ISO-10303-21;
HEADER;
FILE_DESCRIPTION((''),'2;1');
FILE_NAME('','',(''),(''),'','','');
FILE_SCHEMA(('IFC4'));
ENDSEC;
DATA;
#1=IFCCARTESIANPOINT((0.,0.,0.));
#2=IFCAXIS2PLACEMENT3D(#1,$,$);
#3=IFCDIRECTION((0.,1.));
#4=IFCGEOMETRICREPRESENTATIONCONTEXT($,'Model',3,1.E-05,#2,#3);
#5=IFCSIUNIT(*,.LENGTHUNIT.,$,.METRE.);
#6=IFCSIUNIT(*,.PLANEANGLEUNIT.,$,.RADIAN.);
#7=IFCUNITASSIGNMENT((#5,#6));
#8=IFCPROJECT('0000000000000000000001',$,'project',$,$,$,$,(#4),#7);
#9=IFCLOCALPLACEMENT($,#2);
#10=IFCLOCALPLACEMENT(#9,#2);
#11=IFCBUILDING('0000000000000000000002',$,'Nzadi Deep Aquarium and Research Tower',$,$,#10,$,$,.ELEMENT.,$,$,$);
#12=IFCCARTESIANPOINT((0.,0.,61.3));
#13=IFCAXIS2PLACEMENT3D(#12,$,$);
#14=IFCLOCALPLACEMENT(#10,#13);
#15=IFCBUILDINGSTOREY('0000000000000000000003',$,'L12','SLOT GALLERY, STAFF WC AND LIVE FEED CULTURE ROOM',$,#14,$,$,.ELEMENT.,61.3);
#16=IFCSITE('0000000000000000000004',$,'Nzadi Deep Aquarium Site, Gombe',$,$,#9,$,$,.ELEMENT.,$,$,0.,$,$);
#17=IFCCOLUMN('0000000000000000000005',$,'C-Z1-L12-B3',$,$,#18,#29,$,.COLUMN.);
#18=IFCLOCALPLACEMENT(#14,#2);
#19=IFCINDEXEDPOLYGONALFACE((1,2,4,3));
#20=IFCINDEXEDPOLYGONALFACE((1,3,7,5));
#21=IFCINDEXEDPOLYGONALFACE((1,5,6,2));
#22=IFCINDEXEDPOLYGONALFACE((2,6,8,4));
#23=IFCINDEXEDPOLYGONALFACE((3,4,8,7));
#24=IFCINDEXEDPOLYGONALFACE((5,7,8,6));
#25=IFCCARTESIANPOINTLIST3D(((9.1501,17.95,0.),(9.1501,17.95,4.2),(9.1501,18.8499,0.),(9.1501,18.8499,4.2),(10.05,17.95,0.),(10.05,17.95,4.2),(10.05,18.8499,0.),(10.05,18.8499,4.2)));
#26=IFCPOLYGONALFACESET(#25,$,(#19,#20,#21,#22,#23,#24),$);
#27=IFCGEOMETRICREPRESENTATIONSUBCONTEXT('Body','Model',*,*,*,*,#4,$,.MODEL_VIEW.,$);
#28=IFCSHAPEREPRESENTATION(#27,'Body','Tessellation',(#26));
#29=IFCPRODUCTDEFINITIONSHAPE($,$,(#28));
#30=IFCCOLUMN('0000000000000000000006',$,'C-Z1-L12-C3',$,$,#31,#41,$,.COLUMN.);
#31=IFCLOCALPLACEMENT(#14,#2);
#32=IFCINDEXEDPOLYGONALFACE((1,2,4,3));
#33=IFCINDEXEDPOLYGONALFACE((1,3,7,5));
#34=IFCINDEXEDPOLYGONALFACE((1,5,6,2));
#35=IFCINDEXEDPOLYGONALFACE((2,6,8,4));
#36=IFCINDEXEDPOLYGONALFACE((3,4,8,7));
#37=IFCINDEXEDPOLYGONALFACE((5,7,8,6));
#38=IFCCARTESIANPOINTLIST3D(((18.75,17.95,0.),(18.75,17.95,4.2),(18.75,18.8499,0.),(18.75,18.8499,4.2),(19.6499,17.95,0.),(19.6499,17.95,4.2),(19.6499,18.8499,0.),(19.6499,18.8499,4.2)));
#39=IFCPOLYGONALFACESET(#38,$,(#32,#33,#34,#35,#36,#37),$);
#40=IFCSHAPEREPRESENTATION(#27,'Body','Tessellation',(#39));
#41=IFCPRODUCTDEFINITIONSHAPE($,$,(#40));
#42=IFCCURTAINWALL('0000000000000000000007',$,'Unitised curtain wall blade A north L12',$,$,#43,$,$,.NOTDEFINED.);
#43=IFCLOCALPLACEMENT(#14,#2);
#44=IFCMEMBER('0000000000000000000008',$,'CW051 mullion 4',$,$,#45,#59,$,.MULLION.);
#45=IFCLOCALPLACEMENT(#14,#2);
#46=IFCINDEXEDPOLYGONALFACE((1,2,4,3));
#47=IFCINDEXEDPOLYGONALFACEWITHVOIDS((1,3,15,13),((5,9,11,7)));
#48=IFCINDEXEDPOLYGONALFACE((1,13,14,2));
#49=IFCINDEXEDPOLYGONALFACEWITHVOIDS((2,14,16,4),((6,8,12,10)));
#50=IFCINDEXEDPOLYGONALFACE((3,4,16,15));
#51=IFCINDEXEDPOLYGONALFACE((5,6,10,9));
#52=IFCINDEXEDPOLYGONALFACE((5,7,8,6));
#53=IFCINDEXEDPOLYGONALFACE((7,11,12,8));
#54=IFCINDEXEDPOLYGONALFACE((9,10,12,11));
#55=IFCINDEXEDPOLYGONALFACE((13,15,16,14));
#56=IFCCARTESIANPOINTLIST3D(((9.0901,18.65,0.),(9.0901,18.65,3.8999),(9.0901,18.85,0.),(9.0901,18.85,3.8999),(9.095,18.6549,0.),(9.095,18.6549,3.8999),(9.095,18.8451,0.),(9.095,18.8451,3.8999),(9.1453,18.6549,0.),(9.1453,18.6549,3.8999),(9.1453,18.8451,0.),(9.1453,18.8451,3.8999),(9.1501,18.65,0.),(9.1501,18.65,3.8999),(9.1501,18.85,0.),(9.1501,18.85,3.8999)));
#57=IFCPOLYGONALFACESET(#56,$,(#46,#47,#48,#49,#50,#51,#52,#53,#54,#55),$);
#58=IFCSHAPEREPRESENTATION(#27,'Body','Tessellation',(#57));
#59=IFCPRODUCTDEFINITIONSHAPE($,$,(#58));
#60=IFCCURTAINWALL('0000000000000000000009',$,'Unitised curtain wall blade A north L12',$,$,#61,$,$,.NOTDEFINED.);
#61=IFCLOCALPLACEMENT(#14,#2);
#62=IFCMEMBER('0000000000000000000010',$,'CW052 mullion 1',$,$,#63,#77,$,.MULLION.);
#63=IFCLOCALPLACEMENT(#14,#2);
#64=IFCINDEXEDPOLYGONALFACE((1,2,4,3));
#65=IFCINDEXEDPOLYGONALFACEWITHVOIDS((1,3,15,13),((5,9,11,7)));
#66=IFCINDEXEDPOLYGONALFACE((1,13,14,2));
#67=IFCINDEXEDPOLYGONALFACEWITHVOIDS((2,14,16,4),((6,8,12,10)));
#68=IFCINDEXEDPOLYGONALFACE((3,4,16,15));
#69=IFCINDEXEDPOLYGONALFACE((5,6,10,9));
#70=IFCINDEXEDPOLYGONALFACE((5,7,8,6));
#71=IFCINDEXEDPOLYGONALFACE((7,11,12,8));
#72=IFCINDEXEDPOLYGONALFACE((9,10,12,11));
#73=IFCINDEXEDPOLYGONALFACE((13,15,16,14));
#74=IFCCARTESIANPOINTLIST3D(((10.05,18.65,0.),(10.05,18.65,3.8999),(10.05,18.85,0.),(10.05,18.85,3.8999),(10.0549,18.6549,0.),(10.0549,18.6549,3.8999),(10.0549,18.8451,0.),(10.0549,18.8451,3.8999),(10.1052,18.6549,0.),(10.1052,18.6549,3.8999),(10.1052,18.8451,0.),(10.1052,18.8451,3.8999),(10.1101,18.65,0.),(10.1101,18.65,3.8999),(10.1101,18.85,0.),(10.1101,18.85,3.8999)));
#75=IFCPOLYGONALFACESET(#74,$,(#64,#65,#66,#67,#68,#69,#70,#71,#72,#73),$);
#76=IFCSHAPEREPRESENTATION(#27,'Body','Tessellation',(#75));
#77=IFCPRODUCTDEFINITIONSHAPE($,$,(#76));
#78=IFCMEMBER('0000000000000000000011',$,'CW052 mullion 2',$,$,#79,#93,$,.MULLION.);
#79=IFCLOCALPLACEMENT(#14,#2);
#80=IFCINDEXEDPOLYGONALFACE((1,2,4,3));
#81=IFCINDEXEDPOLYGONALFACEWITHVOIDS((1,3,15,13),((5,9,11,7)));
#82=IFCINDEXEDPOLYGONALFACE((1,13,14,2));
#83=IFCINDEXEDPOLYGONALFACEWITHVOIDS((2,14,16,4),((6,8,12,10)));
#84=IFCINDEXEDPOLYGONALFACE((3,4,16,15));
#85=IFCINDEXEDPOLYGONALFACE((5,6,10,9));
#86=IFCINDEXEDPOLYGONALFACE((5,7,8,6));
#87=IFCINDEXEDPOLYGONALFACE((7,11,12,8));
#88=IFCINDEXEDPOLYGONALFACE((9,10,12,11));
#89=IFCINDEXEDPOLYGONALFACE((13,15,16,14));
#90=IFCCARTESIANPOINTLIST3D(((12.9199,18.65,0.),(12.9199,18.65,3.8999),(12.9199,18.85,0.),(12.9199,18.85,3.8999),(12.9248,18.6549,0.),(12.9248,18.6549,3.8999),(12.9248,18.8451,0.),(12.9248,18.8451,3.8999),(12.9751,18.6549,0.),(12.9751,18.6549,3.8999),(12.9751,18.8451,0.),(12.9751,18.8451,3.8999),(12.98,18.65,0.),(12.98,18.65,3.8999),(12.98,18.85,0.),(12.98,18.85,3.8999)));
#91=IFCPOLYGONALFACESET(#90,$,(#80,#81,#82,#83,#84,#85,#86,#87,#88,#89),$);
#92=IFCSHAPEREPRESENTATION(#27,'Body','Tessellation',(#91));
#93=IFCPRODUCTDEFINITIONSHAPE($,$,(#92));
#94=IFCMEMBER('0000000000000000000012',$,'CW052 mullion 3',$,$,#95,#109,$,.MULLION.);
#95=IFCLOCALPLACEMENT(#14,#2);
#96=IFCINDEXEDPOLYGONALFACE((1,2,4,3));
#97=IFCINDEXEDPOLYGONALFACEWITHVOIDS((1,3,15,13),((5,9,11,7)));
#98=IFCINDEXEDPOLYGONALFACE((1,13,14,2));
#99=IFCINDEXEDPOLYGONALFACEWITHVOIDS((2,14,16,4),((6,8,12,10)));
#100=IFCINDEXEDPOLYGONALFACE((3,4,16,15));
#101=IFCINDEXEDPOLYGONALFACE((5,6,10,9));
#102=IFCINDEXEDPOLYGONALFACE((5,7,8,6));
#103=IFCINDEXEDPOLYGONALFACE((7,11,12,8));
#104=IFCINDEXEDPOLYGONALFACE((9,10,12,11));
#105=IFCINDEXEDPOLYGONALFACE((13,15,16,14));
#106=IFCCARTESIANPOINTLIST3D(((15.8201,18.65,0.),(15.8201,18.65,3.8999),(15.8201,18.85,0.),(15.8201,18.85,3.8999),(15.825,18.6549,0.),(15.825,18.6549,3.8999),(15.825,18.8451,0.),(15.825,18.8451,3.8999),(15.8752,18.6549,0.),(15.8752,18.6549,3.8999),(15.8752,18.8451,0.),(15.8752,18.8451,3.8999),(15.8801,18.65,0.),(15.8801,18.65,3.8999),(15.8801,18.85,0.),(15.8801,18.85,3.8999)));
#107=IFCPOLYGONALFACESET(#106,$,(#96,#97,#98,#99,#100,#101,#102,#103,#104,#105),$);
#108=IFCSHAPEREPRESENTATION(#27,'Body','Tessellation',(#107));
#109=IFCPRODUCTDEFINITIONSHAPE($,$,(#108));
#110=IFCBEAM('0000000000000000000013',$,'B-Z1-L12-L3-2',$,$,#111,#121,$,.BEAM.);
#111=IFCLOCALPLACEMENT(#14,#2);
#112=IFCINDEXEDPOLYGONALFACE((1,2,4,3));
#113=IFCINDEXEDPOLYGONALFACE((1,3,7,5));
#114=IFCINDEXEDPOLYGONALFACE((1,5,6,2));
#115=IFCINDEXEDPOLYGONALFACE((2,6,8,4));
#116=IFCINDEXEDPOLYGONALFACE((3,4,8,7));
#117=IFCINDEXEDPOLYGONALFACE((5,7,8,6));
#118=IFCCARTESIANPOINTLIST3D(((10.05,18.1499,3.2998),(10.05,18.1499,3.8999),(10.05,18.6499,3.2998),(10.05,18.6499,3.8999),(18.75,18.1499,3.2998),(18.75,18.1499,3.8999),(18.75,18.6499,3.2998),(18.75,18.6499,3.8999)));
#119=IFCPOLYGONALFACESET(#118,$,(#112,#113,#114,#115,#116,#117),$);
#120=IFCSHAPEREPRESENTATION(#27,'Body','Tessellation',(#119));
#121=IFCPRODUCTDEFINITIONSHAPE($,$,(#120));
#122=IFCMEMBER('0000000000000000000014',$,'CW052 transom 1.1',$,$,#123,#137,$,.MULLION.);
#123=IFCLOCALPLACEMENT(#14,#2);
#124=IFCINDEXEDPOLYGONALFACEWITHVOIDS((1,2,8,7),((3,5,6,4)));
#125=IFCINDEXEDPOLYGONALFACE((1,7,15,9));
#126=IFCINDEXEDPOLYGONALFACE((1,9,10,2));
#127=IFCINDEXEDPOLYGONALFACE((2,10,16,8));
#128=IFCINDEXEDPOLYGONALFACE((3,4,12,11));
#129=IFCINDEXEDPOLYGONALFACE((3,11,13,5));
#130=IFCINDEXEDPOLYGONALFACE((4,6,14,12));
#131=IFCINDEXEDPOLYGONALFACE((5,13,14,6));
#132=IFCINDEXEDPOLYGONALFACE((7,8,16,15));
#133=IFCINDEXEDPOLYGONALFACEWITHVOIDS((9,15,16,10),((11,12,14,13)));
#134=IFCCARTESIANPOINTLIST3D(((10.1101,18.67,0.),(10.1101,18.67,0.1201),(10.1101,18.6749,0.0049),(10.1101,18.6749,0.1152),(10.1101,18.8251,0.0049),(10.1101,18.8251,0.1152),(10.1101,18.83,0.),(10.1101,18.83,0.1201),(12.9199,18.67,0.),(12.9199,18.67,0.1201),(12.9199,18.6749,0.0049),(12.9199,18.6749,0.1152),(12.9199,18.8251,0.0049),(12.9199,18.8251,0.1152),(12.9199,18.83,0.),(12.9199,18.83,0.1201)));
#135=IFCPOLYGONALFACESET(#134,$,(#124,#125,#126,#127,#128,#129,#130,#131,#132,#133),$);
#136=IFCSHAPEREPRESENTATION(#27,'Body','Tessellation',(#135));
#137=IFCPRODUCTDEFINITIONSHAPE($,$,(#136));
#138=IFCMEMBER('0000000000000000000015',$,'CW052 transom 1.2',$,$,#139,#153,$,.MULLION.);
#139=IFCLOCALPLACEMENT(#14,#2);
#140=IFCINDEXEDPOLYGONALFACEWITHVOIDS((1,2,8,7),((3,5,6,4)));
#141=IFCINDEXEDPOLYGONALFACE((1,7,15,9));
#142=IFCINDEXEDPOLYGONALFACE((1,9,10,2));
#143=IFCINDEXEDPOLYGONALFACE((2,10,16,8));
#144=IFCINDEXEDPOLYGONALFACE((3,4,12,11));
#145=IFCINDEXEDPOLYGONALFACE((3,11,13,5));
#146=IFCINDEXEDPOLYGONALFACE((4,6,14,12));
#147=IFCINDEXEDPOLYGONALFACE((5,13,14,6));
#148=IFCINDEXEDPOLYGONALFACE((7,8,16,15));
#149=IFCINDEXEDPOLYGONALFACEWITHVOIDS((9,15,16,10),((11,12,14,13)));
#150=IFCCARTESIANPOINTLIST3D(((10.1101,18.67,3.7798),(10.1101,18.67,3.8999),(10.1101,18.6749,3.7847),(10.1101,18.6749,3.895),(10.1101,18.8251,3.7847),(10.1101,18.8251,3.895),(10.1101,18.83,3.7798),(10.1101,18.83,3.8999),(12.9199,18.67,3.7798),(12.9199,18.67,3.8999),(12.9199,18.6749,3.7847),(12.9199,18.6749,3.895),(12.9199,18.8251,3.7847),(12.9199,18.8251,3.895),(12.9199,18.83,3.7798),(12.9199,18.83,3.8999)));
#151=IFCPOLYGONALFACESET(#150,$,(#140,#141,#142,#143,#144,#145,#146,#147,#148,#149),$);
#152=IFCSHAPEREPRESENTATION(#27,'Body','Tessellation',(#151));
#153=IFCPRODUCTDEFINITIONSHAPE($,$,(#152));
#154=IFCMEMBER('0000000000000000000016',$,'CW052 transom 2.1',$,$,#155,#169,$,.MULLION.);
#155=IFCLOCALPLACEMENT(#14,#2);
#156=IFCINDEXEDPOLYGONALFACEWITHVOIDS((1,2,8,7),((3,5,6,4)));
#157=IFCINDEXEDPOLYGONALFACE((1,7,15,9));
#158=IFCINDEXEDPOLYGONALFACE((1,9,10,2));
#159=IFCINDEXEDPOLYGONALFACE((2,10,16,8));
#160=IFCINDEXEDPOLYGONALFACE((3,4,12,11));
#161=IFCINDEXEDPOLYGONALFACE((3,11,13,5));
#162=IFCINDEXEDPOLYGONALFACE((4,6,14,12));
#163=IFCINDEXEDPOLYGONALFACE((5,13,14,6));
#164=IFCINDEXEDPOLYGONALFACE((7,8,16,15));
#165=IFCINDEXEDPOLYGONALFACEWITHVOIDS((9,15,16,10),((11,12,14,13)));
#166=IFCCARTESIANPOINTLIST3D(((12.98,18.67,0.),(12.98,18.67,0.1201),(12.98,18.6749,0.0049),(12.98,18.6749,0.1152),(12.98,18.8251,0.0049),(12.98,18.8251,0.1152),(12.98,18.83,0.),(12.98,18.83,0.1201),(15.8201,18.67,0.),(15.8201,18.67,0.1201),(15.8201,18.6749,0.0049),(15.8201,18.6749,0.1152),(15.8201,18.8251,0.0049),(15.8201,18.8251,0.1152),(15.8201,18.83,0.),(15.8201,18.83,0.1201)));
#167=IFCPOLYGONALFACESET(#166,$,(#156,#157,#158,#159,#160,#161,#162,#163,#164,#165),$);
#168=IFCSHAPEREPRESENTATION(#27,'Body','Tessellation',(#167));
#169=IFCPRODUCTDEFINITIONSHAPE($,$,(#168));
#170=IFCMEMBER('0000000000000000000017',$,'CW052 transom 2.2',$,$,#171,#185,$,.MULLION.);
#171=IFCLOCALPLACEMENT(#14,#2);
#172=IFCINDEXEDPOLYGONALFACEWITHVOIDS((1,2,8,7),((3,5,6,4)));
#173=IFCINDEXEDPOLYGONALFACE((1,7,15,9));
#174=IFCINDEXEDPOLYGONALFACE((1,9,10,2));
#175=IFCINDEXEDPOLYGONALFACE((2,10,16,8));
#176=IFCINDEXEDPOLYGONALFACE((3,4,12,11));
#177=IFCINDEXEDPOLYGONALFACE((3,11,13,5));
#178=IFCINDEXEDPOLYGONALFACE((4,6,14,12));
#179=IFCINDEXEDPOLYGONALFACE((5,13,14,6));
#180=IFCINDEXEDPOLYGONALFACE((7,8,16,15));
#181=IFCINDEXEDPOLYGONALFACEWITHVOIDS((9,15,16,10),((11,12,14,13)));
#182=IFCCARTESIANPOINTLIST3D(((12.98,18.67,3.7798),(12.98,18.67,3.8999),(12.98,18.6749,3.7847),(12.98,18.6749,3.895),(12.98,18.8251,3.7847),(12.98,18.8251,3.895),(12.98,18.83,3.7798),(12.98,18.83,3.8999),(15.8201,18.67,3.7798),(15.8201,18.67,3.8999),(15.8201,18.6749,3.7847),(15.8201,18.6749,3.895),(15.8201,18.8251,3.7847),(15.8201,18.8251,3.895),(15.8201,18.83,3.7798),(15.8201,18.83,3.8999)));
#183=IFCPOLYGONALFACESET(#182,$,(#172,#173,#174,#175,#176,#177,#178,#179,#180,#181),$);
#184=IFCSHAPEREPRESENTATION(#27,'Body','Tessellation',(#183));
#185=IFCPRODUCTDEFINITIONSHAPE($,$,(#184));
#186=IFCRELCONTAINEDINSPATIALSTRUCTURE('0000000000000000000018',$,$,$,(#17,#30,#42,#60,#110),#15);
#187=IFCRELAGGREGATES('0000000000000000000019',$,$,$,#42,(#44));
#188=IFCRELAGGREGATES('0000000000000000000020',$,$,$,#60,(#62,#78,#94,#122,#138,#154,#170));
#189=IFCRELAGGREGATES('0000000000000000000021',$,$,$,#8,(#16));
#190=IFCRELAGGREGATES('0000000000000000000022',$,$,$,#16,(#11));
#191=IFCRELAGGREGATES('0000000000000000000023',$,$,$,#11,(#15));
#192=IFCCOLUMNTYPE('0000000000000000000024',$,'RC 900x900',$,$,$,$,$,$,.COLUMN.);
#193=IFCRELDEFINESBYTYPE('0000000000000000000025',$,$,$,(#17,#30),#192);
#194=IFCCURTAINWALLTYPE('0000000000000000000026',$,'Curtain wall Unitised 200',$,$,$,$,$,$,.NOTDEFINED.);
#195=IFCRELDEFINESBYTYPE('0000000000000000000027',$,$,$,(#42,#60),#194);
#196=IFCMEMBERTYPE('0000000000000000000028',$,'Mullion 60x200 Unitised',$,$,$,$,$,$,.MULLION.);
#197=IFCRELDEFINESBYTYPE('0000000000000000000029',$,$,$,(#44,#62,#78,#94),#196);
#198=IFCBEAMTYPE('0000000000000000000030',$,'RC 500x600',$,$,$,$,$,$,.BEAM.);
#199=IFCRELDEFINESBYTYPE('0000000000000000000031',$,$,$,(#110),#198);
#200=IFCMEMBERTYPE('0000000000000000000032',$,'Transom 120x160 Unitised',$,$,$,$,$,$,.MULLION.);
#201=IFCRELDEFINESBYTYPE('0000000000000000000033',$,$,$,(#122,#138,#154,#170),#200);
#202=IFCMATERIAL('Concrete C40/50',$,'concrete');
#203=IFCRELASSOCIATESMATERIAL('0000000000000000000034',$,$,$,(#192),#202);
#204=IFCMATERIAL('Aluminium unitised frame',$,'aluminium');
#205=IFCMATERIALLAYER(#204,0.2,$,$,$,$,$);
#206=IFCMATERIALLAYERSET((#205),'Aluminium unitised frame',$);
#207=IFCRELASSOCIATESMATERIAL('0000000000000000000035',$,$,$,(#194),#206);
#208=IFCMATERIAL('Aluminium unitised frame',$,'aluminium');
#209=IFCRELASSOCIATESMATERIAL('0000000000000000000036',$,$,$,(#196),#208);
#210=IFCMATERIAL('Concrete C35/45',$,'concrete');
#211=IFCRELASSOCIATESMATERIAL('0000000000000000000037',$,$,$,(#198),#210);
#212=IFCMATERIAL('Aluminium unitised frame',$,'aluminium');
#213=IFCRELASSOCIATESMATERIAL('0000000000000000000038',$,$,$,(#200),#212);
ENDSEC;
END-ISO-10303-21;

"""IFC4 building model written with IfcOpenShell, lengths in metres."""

from ifc_helpers import new_model, si_unit, direction, frame, origin, origin_2d, place, context, subcontext, project, spatial, rectangle, hollow_rectangle, extrude, material, layer, layer_set, material_profile, profile_set, type_object, element, aggregate, save


model = new_model("IFC4")

# Units and contexts
model_context = context("Model", 3, precision=1e-05, world=origin(), true_north=direction((0.0, 1.0)))
body_context = subcontext(model_context, "Body", "Model", "MODEL_VIEW")
ifc_project = project(units=[si_unit("LENGTHUNIT", "METRE"), si_unit("PLANEANGLEUNIT", "RADIAN")], contexts=[model_context])

# Site, building, storey
site_placement = place(None, origin())
site = spatial("IfcSite", under=ifc_project, at=site_placement, Name="Nzadi Deep Aquarium Site, Gombe", CompositionType="ELEMENT", RefElevation=0.0)
building_placement = place(site_placement, origin())
building = spatial("IfcBuilding", under=site, at=building_placement, Name="Nzadi Deep Aquarium and Research Tower", CompositionType="ELEMENT")
storey_placement = place(building_placement, frame((0.0, 0.0, 61.3)))
storey = spatial("IfcBuildingStorey", under=building, at=storey_placement, Name="L12", Description="SLOT GALLERY, STAFF WC AND LIVE FEED CULTURE ROOM", CompositionType="ELEMENT", Elevation=61.3)

# Columns
ifc_material_1 = material(Name="Concrete C40/50", Category="concrete")
ifc_material_profile_1 = material_profile(ifc_material_1, rectangle(XDim=0.8999, YDim=0.8999, at=origin_2d()))
ifc_profile_set_1 = profile_set([ifc_material_profile_1], Name="Concrete C40/50")
column_type = type_object("IfcColumnType", Name="RC 900x900", PredefinedType="COLUMN", material=ifc_profile_set_1)
for number, where, z_axis, x_axis, name in (
    (1, (9.6001, 18.3999, 0.0), (0.0, 0.0, 1.0), (1.0, 0.0, 0.0), "C-Z1-L12-B3"),
    (2, (19.2, 18.3999, 0.0), (0.0, 0.0, 1.0), (1.0, 0.0, 0.0), "C-Z1-L12-C3"),
):
    element("IfcColumn", number, at=place(storey_placement, frame(where, z_axis=z_axis, x_axis=x_axis)), inside=storey, type_object=column_type, Name=name, PredefinedType="COLUMN", context=body_context, shape_type="SweptSolid", body=[
        extrude(rectangle(XDim=0.8999, YDim=0.8999, at=origin_2d()), origin(), (0.0, 0.0, 1.0), 4.2),
    ])

# Curtain wall, member
ifc_material_2 = material(Name="Aluminium unitised frame", Category="aluminium")
ifc_layer_1 = layer(ifc_material_2, 0.2)
ifc_layer_set_1 = layer_set([ifc_layer_1], Name="Aluminium unitised frame")
curtain_wall_type = type_object("IfcCurtainWallType", Name="Curtain wall Unitised 200", PredefinedType="NOTDEFINED", material=ifc_layer_set_1)
curtain_wall_1_placement = place(storey_placement, origin())
curtain_wall_1 = element("IfcCurtainWall", 3, at=curtain_wall_1_placement, inside=storey, type_object=curtain_wall_type, Name="Unitised curtain wall blade A north L12", PredefinedType="NOTDEFINED")
ifc_material_3 = material(Name="Aluminium unitised frame", Category="aluminium")
ifc_material_profile_2 = material_profile(ifc_material_3, hollow_rectangle(XDim=0.2, YDim=0.0601, WallThickness=0.0049, at=origin_2d()))
ifc_profile_set_2 = profile_set([ifc_material_profile_2], Name="Aluminium unitised frame")
member_type_1 = type_object("IfcMemberType", Name="Mullion 60x200 Unitised", PredefinedType="MULLION", material=ifc_profile_set_2)
member_1_placement = place(storey_placement, frame((9.1201, 18.75, 0.0), z_axis=(0.0, 0.0, 1.0), x_axis=(0.0, 1.0, 0.0)))
member_1 = element("IfcMember", 4, at=member_1_placement, type_object=member_type_1, Name="CW051 mullion 4", PredefinedType="MULLION", context=body_context, shape_type="SweptSolid", body=[
    extrude(hollow_rectangle(XDim=0.2, YDim=0.0601, WallThickness=0.0049, at=origin_2d()), origin(), (0.0, 0.0, 1.0), 3.8999),
])
aggregate(curtain_wall_1, [member_1])

# Curtain wall, members
curtain_wall_2_placement = place(storey_placement, origin())
curtain_wall_2 = element("IfcCurtainWall", 5, at=curtain_wall_2_placement, inside=storey, type_object=curtain_wall_type, Name="Unitised curtain wall blade A north L12", PredefinedType="NOTDEFINED")
member_2_placement = place(storey_placement, frame((10.0801, 18.75, 0.0), z_axis=(0.0, 0.0, 1.0), x_axis=(0.0, 1.0, 0.0)))
member_2 = element("IfcMember", 6, at=member_2_placement, type_object=member_type_1, Name="CW052 mullion 1", PredefinedType="MULLION", context=body_context, shape_type="SweptSolid", body=[
    extrude(hollow_rectangle(XDim=0.2, YDim=0.0601, WallThickness=0.0049, at=origin_2d()), origin(), (0.0, 0.0, 1.0), 3.8999),
])
member_3_placement = place(storey_placement, frame((12.95, 18.75, 0.0), z_axis=(0.0, 0.0, 1.0), x_axis=(0.0, 1.0, 0.0)))
member_3 = element("IfcMember", 7, at=member_3_placement, type_object=member_type_1, Name="CW052 mullion 2", PredefinedType="MULLION", context=body_context, shape_type="SweptSolid", body=[
    extrude(hollow_rectangle(XDim=0.2, YDim=0.0601, WallThickness=0.0049, at=origin_2d()), origin(), (0.0, 0.0, 1.0), 3.8999),
])
member_4_placement = place(storey_placement, frame((15.8501, 18.75, 0.0), z_axis=(0.0, 0.0, 1.0), x_axis=(0.0, 1.0, 0.0)))
member_4 = element("IfcMember", 8, at=member_4_placement, type_object=member_type_1, Name="CW052 mullion 3", PredefinedType="MULLION", context=body_context, shape_type="SweptSolid", body=[
    extrude(hollow_rectangle(XDim=0.2, YDim=0.0601, WallThickness=0.0049, at=origin_2d()), origin(), (0.0, 0.0, 1.0), 3.8999),
])

# Beam
ifc_material_4 = material(Name="Concrete C35/45", Category="concrete")
ifc_material_profile_3 = material_profile(ifc_material_4, rectangle(XDim=0.5, YDim=0.6001, at=origin_2d()))
ifc_profile_set_3 = profile_set([ifc_material_profile_3], Name="Concrete C35/45")
beam_type = type_object("IfcBeamType", Name="RC 500x600", PredefinedType="BEAM", material=ifc_profile_set_3)
beam_placement = place(storey_placement, frame((10.05, 18.3999, 3.5999), z_axis=(1.0, 0.0, 0.0), x_axis=(0.0, 1.0, 0.0)))
element("IfcBeam", 9, at=beam_placement, inside=storey, type_object=beam_type, Name="B-Z1-L12-L3-2", PredefinedType="BEAM", context=body_context, shape_type="SweptSolid", body=[
    extrude(rectangle(XDim=0.5, YDim=0.6001, at=origin_2d()), origin(), (0.0, 0.0, 1.0), 8.7),
])

# Members
ifc_material_5 = material(Name="Aluminium unitised frame", Category="aluminium")
ifc_material_profile_4 = material_profile(ifc_material_5, hollow_rectangle(XDim=0.1599, YDim=0.1201, WallThickness=0.0049, at=origin_2d()))
ifc_profile_set_4 = profile_set([ifc_material_profile_4], Name="Aluminium unitised frame")
member_type_2 = type_object("IfcMemberType", Name="Transom 120x160 Unitised", PredefinedType="MULLION", material=ifc_profile_set_4)
member_5_placement = place(storey_placement, frame((10.1101, 18.75, 0.0601), z_axis=(1.0, 0.0, 0.0), x_axis=(0.0, 1.0, 0.0)))
member_5 = element("IfcMember", 10, at=member_5_placement, type_object=member_type_2, Name="CW052 transom 1.1", PredefinedType="MULLION", context=body_context, shape_type="SweptSolid", body=[
    extrude(hollow_rectangle(XDim=0.1599, YDim=0.1201, WallThickness=0.0049, at=origin_2d()), origin(), (0.0, 0.0, 1.0), 2.8098),
])
member_6_placement = place(storey_placement, frame((10.1101, 18.75, 3.8398), z_axis=(1.0, 0.0, 0.0), x_axis=(0.0, 1.0, 0.0)))
member_6 = element("IfcMember", 11, at=member_6_placement, type_object=member_type_2, Name="CW052 transom 1.2", PredefinedType="MULLION", context=body_context, shape_type="SweptSolid", body=[
    extrude(hollow_rectangle(XDim=0.1599, YDim=0.1201, WallThickness=0.0049, at=origin_2d()), origin(), (0.0, 0.0, 1.0), 2.8098),
])
member_7_placement = place(storey_placement, frame((12.98, 18.75, 0.0601), z_axis=(1.0, 0.0, 0.0), x_axis=(0.0, 1.0, 0.0)))
member_7 = element("IfcMember", 12, at=member_7_placement, type_object=member_type_2, Name="CW052 transom 2.1", PredefinedType="MULLION", context=body_context, shape_type="SweptSolid", body=[
    extrude(hollow_rectangle(XDim=0.1599, YDim=0.1201, WallThickness=0.0049, at=origin_2d()), origin(), (0.0, 0.0, 1.0), 2.8401),
])
member_8_placement = place(storey_placement, frame((12.98, 18.75, 3.8398), z_axis=(1.0, 0.0, 0.0), x_axis=(0.0, 1.0, 0.0)))
member_8 = element("IfcMember", 13, at=member_8_placement, type_object=member_type_2, Name="CW052 transom 2.2", PredefinedType="MULLION", context=body_context, shape_type="SweptSolid", body=[
    extrude(hollow_rectangle(XDim=0.1599, YDim=0.1201, WallThickness=0.0049, at=origin_2d()), origin(), (0.0, 0.0, 1.0), 2.8401),
])

aggregate(curtain_wall_2, [member_2, member_3, member_4, member_5, member_6, member_7, member_8])

save(model, "model.ifc")
